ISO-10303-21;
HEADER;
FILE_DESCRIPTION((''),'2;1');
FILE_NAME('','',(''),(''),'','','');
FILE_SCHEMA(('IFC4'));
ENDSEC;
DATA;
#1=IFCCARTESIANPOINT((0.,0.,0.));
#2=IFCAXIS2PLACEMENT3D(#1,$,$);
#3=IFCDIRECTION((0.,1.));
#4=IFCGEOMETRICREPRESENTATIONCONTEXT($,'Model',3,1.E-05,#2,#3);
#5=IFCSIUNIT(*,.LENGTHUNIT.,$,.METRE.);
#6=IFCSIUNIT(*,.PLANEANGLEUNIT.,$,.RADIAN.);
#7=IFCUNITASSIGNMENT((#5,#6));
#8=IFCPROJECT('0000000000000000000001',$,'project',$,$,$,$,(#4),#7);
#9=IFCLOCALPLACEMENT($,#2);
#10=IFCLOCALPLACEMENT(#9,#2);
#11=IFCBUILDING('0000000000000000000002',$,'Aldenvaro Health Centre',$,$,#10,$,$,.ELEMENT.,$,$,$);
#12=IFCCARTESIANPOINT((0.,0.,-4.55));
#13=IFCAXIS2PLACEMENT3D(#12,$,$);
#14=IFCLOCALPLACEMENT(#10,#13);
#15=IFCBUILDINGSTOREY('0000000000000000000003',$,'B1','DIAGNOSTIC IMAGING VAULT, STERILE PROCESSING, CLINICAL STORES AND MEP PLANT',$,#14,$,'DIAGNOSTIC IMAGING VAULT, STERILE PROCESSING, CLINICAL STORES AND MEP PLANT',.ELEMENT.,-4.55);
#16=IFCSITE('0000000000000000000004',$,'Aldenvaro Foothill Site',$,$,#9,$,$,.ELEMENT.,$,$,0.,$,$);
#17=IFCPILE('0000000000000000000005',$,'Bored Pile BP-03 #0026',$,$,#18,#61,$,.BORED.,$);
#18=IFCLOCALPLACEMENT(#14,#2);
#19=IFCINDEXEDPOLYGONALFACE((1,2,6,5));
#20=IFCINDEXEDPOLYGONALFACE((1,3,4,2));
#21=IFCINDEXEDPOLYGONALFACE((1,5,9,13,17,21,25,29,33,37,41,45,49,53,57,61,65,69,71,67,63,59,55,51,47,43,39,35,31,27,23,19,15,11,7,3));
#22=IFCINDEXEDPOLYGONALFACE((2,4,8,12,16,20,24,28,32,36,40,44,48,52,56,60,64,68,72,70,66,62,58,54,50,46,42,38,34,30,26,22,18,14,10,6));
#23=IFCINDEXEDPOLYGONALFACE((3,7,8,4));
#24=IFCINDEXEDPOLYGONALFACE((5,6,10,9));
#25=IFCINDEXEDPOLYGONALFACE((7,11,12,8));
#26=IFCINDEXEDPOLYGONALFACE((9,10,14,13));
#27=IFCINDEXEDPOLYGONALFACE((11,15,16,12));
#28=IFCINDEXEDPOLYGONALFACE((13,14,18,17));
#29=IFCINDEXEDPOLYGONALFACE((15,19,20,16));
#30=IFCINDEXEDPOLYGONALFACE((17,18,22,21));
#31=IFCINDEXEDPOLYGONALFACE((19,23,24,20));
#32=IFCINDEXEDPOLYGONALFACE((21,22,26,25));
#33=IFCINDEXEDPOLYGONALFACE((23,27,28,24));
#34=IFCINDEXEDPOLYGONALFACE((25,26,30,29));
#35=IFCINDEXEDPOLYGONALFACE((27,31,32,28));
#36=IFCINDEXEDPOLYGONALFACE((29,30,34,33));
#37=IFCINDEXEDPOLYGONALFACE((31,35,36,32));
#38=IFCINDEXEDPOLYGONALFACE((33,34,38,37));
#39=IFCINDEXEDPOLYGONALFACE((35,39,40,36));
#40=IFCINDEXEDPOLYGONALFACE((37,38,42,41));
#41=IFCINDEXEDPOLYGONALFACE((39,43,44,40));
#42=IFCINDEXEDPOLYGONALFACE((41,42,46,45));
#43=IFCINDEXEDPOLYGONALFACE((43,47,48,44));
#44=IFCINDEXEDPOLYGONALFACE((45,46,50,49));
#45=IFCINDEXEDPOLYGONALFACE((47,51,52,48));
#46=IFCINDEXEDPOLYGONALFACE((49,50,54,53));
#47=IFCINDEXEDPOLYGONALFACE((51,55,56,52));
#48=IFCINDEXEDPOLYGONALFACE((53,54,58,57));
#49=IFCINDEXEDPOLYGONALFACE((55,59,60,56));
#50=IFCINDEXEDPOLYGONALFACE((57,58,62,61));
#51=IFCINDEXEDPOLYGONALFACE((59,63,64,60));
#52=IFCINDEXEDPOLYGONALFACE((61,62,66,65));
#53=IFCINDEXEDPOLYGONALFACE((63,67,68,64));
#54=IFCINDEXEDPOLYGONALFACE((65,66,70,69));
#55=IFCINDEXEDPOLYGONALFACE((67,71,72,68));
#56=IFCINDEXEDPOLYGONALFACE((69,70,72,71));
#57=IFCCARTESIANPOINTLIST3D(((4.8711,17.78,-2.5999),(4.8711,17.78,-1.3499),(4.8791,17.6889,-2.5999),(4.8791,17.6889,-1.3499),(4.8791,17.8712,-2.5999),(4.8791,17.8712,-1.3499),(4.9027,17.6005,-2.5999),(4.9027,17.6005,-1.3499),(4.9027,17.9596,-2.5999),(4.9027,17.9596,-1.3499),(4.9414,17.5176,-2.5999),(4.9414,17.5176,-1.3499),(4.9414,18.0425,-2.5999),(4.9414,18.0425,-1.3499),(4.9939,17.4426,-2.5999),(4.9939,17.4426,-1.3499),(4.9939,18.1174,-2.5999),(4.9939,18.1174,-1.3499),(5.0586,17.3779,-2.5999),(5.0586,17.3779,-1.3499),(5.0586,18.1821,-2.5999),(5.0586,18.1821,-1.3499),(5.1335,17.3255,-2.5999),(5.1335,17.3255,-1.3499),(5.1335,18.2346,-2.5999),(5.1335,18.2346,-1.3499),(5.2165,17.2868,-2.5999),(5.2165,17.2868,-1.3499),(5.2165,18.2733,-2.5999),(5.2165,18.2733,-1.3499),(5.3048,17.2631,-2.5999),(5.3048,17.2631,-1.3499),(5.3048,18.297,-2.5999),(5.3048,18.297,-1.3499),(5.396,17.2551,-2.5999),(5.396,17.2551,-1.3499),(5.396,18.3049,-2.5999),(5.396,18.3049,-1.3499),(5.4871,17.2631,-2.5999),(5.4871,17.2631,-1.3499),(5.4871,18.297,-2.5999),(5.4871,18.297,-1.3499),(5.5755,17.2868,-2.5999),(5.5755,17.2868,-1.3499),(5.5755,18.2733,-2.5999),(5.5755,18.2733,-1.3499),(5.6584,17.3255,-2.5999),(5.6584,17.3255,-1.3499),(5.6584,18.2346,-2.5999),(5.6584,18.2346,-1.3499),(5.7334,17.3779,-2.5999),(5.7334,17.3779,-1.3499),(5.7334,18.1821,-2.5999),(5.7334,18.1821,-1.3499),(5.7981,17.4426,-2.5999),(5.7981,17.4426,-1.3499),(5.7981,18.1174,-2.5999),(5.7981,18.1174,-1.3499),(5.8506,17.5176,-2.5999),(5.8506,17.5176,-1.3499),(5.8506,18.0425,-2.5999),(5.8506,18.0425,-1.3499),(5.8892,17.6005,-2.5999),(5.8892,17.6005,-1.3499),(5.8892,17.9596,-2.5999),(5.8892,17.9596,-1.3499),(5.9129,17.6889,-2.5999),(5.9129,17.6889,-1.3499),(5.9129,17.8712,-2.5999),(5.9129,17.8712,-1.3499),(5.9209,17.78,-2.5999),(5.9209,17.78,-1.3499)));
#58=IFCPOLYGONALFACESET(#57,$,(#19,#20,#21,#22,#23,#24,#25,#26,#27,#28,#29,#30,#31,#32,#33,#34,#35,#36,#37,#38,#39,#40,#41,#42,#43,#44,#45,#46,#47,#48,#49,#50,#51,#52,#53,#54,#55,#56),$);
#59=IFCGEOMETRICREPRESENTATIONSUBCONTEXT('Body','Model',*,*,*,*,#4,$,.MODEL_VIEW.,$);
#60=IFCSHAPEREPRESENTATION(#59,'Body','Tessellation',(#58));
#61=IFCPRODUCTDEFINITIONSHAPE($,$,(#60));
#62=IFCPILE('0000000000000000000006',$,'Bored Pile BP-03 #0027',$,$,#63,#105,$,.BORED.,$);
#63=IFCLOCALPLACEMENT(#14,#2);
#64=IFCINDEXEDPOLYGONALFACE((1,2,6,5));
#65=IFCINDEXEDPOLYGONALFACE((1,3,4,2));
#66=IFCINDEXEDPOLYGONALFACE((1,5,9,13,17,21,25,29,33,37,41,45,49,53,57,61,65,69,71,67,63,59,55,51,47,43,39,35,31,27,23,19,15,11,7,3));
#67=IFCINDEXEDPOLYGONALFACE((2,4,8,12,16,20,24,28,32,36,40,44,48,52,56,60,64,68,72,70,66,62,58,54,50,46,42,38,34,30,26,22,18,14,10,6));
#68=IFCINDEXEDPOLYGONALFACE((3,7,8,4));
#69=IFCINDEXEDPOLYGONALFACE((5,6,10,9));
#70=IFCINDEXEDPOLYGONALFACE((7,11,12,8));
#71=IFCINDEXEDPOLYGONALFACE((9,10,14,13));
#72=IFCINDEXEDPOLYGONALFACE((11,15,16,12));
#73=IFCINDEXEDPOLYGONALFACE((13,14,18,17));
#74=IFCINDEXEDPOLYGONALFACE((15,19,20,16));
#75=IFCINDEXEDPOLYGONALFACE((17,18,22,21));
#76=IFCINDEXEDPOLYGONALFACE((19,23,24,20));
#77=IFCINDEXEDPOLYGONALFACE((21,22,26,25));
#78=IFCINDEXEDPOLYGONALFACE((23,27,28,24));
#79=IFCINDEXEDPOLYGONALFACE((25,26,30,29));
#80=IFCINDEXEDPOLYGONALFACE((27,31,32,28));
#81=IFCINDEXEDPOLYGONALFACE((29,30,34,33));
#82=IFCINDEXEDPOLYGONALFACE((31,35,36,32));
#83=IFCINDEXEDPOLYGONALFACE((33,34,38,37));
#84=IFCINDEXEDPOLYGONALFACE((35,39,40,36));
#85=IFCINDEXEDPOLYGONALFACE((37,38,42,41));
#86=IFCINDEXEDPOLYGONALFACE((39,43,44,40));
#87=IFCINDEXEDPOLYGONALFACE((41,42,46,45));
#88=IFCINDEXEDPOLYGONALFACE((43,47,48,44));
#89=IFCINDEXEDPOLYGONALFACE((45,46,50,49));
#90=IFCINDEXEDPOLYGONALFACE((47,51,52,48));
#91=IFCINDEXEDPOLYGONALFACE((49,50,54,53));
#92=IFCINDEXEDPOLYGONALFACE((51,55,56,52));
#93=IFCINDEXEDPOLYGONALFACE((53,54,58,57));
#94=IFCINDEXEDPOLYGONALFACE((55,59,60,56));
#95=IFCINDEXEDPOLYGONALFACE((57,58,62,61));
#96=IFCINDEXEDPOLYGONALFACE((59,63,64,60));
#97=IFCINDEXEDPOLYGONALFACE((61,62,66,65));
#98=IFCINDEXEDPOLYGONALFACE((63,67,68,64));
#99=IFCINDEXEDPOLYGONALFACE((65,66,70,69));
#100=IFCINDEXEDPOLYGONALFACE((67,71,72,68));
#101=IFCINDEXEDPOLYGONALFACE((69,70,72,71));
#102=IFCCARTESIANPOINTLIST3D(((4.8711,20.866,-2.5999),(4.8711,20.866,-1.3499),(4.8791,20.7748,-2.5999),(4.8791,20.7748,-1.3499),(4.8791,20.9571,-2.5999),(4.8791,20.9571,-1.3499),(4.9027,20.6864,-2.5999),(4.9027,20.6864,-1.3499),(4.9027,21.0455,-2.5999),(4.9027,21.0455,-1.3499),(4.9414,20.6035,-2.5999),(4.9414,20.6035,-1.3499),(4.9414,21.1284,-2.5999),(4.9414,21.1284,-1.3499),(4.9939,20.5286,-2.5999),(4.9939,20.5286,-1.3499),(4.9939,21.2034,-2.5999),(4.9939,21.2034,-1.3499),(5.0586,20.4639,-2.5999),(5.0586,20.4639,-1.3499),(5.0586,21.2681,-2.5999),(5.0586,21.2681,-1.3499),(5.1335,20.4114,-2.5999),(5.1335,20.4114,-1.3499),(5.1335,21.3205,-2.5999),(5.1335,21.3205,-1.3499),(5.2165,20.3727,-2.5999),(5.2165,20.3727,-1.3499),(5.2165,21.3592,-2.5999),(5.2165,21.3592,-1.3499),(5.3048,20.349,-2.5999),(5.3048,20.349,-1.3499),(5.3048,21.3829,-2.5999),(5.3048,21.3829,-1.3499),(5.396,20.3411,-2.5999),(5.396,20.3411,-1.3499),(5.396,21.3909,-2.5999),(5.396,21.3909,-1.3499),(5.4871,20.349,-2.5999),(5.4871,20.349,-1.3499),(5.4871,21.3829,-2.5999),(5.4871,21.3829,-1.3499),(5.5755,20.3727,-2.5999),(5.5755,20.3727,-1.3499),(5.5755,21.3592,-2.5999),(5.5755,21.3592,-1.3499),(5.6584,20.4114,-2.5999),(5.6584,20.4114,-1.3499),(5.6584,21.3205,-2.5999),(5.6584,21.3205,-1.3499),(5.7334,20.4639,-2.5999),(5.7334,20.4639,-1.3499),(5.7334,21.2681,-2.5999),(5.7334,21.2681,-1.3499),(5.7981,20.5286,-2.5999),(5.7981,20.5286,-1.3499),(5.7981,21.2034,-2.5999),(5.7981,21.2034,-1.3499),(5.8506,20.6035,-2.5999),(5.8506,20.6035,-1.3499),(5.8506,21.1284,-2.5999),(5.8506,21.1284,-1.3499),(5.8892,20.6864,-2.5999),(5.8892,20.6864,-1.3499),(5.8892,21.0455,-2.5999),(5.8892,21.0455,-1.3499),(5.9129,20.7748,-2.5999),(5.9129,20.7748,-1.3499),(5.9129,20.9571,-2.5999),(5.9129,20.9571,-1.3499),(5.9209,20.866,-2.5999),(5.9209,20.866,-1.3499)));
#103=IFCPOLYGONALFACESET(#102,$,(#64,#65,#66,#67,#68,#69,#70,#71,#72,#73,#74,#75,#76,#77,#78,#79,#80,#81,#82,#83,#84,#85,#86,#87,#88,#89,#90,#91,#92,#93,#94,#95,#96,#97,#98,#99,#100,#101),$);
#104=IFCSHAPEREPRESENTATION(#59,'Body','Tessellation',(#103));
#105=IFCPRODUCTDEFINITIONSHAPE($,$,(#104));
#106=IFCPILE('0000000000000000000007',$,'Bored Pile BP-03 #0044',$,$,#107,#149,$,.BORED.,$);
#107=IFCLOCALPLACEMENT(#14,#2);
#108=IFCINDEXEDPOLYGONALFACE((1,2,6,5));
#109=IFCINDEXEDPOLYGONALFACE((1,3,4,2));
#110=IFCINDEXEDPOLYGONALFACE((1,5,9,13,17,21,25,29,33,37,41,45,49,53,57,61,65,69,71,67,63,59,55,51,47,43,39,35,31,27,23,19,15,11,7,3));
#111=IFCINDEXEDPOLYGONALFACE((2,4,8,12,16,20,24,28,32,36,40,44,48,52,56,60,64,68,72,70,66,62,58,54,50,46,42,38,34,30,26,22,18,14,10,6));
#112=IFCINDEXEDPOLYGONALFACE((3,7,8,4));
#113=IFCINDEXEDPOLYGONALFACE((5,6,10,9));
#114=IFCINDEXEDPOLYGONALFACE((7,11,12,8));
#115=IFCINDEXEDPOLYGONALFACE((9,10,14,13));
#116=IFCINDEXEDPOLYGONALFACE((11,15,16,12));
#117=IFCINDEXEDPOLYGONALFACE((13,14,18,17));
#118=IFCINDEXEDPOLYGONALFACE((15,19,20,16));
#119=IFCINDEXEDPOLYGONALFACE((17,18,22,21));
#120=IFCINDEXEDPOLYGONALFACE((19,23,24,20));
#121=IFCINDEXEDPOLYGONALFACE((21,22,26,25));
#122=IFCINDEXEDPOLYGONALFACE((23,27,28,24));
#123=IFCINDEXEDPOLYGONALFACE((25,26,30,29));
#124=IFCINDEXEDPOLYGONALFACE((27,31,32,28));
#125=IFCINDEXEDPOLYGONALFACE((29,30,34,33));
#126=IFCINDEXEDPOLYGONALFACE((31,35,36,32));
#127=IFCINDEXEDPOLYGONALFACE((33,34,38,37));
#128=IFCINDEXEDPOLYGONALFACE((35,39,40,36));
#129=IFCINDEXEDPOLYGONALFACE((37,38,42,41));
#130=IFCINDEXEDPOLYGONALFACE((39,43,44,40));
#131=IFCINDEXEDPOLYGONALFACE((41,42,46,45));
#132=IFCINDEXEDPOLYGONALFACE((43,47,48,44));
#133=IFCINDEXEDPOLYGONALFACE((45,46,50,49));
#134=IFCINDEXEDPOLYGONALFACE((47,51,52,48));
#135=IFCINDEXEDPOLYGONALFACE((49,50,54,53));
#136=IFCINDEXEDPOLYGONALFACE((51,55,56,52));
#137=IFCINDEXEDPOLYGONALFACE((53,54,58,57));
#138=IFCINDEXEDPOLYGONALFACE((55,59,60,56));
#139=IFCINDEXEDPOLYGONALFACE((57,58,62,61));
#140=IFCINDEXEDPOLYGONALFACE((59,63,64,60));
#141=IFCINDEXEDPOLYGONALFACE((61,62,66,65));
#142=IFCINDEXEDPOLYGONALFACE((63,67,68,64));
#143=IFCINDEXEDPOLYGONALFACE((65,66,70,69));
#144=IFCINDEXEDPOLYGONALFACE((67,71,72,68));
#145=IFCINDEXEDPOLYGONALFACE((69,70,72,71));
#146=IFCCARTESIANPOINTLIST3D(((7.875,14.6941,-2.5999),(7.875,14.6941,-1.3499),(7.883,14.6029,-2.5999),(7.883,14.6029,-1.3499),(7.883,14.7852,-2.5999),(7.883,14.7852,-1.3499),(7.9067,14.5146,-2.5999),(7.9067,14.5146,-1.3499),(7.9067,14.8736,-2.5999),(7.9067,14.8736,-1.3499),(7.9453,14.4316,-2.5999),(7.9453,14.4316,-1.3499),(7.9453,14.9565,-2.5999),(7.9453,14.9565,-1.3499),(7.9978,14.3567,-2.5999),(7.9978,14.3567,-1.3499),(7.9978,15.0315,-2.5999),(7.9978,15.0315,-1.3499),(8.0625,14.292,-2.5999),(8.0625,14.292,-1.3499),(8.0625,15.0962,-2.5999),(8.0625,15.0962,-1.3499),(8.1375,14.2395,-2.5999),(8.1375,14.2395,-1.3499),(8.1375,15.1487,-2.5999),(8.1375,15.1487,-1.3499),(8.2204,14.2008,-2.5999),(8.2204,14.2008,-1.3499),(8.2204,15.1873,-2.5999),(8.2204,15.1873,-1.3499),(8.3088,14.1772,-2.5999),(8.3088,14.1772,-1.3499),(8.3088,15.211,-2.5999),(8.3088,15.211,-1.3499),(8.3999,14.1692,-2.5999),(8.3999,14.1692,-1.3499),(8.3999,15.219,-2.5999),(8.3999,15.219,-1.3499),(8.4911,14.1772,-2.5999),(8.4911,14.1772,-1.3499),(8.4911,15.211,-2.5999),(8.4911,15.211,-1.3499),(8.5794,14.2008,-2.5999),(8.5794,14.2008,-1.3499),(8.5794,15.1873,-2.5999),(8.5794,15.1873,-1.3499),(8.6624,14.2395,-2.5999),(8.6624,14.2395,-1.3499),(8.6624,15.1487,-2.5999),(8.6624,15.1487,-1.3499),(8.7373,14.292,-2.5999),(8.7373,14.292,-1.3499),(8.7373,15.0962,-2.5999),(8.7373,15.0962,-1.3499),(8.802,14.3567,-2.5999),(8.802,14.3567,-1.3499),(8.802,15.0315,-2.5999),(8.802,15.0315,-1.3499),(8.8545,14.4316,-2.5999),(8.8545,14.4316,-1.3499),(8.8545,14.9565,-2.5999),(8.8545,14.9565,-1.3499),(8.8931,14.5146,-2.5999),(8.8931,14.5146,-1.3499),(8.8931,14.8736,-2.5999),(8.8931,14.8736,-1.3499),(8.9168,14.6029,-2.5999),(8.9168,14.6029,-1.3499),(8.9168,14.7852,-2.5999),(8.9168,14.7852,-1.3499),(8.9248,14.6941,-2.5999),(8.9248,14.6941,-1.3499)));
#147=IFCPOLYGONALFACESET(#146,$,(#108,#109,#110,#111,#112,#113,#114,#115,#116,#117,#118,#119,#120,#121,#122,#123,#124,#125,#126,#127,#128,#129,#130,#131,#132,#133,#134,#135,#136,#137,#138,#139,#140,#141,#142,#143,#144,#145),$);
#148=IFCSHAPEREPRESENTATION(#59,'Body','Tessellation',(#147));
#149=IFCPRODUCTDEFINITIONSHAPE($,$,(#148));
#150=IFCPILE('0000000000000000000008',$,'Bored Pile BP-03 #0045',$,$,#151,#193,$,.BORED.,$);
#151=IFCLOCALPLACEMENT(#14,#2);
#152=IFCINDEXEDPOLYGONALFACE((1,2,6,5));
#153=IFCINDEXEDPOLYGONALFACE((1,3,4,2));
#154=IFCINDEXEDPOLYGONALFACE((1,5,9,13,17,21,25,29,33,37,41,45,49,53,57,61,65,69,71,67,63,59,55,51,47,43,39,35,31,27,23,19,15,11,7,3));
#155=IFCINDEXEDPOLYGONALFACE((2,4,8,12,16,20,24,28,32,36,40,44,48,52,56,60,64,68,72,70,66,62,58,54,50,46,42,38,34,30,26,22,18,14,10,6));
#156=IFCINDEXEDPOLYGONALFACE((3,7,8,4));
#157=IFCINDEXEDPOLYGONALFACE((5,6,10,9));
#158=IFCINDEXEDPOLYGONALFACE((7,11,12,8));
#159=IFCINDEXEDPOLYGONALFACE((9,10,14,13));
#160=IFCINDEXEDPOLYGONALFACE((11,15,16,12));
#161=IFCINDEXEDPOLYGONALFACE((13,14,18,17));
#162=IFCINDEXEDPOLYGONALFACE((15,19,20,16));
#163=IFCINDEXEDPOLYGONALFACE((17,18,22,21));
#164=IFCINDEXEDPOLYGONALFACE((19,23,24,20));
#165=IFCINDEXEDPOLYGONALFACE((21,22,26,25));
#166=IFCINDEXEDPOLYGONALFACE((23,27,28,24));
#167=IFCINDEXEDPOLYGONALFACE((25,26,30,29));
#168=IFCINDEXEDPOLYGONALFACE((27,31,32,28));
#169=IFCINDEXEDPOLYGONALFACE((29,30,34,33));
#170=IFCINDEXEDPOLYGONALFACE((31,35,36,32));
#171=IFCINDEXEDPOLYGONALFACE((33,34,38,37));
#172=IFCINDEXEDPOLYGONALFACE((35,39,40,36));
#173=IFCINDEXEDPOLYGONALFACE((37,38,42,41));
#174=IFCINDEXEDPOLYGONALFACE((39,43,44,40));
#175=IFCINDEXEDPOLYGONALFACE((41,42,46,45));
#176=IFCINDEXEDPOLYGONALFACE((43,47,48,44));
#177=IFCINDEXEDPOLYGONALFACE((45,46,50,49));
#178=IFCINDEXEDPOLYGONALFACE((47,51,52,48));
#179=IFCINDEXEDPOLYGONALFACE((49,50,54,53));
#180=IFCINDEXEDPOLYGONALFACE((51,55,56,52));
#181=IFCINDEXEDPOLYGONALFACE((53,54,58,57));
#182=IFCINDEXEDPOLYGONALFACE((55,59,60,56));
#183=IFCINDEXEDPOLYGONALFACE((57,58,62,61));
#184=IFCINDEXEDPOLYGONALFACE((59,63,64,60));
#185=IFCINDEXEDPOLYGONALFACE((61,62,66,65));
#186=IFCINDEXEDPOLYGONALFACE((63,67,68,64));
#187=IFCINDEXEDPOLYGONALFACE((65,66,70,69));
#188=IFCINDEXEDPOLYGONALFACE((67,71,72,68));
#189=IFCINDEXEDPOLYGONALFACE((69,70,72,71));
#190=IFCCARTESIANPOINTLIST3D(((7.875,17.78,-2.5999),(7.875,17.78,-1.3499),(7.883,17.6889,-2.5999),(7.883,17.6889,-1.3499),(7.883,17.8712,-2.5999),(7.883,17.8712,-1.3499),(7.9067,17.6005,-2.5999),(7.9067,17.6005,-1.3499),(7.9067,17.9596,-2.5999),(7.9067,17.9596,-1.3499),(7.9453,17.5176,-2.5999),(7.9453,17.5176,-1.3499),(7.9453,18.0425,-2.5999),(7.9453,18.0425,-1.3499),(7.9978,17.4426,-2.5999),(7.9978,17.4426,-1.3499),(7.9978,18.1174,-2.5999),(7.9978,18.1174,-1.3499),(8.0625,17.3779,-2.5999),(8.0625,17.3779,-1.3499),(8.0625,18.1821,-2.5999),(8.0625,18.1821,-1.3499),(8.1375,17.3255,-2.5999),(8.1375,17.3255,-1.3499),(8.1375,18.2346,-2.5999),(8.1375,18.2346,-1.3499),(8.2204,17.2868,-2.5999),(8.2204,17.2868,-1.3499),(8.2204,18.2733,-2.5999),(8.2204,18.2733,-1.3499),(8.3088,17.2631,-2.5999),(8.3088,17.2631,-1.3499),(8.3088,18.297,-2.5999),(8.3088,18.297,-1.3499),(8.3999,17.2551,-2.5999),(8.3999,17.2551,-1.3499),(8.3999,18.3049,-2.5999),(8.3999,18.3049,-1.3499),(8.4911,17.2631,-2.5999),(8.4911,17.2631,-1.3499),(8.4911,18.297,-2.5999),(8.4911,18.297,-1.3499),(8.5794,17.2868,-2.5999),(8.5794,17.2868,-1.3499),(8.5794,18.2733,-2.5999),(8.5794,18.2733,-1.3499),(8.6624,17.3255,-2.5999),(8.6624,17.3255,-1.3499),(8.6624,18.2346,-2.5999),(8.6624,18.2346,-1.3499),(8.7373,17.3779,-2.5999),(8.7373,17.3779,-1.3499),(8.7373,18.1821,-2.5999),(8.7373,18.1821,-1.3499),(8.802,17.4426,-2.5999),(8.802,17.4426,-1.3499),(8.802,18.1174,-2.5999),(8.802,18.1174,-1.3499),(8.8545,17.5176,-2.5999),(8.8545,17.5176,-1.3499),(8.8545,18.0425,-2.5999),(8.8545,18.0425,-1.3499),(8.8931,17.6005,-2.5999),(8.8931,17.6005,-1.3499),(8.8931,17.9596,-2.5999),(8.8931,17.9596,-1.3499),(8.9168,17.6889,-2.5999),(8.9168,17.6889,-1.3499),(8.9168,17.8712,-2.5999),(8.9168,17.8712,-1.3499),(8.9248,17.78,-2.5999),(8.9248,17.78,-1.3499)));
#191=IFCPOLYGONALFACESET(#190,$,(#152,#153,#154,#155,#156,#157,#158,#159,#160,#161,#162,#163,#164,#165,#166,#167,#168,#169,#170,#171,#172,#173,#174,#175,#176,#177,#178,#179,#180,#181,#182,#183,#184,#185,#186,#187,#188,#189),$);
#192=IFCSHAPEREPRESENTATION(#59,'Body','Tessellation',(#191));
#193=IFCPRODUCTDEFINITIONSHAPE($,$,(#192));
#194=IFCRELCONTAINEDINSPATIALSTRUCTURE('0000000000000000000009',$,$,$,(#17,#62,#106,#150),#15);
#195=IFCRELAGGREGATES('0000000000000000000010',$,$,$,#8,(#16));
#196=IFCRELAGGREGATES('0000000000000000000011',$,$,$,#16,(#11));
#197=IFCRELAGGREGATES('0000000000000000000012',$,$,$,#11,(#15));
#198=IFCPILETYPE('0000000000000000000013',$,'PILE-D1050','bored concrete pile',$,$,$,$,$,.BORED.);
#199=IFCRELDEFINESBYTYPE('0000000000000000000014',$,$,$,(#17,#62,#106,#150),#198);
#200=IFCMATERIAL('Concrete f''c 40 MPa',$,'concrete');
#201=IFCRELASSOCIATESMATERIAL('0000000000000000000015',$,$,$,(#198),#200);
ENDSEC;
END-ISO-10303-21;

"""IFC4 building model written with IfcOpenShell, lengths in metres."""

from ifc_helpers import new_model, si_unit, direction, frame, origin, origin_2d, place, context, subcontext, project, spatial, circle, extrude, material, material_profile, profile_set, type_object, element, save


model = new_model("IFC4")

# Units and contexts
model_context = context("Model", 3, precision=1e-05, world=origin(), true_north=direction((0.0, 1.0)))
body_context = subcontext(model_context, "Body", "Model", "MODEL_VIEW")
ifc_project = project(units=[si_unit("LENGTHUNIT", "METRE"), si_unit("PLANEANGLEUNIT", "RADIAN")], contexts=[model_context])

# Site, building, storey
site_placement = place(None, origin())
site = spatial("IfcSite", under=ifc_project, at=site_placement, Name="Aldenvaro Foothill Site", CompositionType="ELEMENT", RefElevation=0.0)
building_placement = place(site_placement, origin())
building = spatial("IfcBuilding", under=site, at=building_placement, Name="Aldenvaro Health Centre", CompositionType="ELEMENT")
storey_placement = place(building_placement, frame((0.0, 0.0, -4.55)))
storey = spatial("IfcBuildingStorey", under=building, at=storey_placement, Name="B1", Description="DIAGNOSTIC IMAGING VAULT, STERILE PROCESSING, CLINICAL STORES AND MEP PLANT", LongName="DIAGNOSTIC IMAGING VAULT, STERILE PROCESSING, CLINICAL STORES AND MEP PLANT", CompositionType="ELEMENT", Elevation=-4.55)

# Piles
ifc_material_1 = material(Name="Concrete f'c 40 MPa", Category="concrete")
ifc_material_profile_1 = material_profile(ifc_material_1, circle(Radius=0.5249, at=origin_2d()), Name="PILE D1050", Category="concrete")
ifc_profile_set_1 = profile_set([ifc_material_profile_1], Name="Concrete f'c 40 MPa")
pile_type = type_object("IfcPileType", Name="PILE-D1050", Description="bored concrete pile", PredefinedType="BORED", material=ifc_profile_set_1)
for number, where, z_axis, x_axis, name in (
    (1, (5.396, 17.78, -1.3499), (0.0, 0.0, -1.0), (1.0, 0.0, 0.0), "Bored Pile BP-03 #0026"),
    (2, (5.396, 20.866, -1.3499), (0.0, 0.0, -1.0), (1.0, 0.0, 0.0), "Bored Pile BP-03 #0027"),
    (3, (8.3999, 14.6941, -1.3499), (0.0, 0.0, -1.0), (1.0, 0.0, 0.0), "Bored Pile BP-03 #0044"),
    (4, (8.3999, 17.78, -1.3499), (0.0, 0.0, -1.0), (1.0, 0.0, 0.0), "Bored Pile BP-03 #0045"),
):
    element("IfcPile", number, at=place(storey_placement, frame(where, z_axis=z_axis, x_axis=x_axis)), inside=storey, type_object=pile_type, Name=name, PredefinedType="BORED", context=body_context, shape_type="SweptSolid", body=[
        extrude(circle(Radius=0.5249, at=origin_2d()), origin(), (0.0, 0.0, 1.0), 1.25),
    ])

save(model, "model.ifc")
